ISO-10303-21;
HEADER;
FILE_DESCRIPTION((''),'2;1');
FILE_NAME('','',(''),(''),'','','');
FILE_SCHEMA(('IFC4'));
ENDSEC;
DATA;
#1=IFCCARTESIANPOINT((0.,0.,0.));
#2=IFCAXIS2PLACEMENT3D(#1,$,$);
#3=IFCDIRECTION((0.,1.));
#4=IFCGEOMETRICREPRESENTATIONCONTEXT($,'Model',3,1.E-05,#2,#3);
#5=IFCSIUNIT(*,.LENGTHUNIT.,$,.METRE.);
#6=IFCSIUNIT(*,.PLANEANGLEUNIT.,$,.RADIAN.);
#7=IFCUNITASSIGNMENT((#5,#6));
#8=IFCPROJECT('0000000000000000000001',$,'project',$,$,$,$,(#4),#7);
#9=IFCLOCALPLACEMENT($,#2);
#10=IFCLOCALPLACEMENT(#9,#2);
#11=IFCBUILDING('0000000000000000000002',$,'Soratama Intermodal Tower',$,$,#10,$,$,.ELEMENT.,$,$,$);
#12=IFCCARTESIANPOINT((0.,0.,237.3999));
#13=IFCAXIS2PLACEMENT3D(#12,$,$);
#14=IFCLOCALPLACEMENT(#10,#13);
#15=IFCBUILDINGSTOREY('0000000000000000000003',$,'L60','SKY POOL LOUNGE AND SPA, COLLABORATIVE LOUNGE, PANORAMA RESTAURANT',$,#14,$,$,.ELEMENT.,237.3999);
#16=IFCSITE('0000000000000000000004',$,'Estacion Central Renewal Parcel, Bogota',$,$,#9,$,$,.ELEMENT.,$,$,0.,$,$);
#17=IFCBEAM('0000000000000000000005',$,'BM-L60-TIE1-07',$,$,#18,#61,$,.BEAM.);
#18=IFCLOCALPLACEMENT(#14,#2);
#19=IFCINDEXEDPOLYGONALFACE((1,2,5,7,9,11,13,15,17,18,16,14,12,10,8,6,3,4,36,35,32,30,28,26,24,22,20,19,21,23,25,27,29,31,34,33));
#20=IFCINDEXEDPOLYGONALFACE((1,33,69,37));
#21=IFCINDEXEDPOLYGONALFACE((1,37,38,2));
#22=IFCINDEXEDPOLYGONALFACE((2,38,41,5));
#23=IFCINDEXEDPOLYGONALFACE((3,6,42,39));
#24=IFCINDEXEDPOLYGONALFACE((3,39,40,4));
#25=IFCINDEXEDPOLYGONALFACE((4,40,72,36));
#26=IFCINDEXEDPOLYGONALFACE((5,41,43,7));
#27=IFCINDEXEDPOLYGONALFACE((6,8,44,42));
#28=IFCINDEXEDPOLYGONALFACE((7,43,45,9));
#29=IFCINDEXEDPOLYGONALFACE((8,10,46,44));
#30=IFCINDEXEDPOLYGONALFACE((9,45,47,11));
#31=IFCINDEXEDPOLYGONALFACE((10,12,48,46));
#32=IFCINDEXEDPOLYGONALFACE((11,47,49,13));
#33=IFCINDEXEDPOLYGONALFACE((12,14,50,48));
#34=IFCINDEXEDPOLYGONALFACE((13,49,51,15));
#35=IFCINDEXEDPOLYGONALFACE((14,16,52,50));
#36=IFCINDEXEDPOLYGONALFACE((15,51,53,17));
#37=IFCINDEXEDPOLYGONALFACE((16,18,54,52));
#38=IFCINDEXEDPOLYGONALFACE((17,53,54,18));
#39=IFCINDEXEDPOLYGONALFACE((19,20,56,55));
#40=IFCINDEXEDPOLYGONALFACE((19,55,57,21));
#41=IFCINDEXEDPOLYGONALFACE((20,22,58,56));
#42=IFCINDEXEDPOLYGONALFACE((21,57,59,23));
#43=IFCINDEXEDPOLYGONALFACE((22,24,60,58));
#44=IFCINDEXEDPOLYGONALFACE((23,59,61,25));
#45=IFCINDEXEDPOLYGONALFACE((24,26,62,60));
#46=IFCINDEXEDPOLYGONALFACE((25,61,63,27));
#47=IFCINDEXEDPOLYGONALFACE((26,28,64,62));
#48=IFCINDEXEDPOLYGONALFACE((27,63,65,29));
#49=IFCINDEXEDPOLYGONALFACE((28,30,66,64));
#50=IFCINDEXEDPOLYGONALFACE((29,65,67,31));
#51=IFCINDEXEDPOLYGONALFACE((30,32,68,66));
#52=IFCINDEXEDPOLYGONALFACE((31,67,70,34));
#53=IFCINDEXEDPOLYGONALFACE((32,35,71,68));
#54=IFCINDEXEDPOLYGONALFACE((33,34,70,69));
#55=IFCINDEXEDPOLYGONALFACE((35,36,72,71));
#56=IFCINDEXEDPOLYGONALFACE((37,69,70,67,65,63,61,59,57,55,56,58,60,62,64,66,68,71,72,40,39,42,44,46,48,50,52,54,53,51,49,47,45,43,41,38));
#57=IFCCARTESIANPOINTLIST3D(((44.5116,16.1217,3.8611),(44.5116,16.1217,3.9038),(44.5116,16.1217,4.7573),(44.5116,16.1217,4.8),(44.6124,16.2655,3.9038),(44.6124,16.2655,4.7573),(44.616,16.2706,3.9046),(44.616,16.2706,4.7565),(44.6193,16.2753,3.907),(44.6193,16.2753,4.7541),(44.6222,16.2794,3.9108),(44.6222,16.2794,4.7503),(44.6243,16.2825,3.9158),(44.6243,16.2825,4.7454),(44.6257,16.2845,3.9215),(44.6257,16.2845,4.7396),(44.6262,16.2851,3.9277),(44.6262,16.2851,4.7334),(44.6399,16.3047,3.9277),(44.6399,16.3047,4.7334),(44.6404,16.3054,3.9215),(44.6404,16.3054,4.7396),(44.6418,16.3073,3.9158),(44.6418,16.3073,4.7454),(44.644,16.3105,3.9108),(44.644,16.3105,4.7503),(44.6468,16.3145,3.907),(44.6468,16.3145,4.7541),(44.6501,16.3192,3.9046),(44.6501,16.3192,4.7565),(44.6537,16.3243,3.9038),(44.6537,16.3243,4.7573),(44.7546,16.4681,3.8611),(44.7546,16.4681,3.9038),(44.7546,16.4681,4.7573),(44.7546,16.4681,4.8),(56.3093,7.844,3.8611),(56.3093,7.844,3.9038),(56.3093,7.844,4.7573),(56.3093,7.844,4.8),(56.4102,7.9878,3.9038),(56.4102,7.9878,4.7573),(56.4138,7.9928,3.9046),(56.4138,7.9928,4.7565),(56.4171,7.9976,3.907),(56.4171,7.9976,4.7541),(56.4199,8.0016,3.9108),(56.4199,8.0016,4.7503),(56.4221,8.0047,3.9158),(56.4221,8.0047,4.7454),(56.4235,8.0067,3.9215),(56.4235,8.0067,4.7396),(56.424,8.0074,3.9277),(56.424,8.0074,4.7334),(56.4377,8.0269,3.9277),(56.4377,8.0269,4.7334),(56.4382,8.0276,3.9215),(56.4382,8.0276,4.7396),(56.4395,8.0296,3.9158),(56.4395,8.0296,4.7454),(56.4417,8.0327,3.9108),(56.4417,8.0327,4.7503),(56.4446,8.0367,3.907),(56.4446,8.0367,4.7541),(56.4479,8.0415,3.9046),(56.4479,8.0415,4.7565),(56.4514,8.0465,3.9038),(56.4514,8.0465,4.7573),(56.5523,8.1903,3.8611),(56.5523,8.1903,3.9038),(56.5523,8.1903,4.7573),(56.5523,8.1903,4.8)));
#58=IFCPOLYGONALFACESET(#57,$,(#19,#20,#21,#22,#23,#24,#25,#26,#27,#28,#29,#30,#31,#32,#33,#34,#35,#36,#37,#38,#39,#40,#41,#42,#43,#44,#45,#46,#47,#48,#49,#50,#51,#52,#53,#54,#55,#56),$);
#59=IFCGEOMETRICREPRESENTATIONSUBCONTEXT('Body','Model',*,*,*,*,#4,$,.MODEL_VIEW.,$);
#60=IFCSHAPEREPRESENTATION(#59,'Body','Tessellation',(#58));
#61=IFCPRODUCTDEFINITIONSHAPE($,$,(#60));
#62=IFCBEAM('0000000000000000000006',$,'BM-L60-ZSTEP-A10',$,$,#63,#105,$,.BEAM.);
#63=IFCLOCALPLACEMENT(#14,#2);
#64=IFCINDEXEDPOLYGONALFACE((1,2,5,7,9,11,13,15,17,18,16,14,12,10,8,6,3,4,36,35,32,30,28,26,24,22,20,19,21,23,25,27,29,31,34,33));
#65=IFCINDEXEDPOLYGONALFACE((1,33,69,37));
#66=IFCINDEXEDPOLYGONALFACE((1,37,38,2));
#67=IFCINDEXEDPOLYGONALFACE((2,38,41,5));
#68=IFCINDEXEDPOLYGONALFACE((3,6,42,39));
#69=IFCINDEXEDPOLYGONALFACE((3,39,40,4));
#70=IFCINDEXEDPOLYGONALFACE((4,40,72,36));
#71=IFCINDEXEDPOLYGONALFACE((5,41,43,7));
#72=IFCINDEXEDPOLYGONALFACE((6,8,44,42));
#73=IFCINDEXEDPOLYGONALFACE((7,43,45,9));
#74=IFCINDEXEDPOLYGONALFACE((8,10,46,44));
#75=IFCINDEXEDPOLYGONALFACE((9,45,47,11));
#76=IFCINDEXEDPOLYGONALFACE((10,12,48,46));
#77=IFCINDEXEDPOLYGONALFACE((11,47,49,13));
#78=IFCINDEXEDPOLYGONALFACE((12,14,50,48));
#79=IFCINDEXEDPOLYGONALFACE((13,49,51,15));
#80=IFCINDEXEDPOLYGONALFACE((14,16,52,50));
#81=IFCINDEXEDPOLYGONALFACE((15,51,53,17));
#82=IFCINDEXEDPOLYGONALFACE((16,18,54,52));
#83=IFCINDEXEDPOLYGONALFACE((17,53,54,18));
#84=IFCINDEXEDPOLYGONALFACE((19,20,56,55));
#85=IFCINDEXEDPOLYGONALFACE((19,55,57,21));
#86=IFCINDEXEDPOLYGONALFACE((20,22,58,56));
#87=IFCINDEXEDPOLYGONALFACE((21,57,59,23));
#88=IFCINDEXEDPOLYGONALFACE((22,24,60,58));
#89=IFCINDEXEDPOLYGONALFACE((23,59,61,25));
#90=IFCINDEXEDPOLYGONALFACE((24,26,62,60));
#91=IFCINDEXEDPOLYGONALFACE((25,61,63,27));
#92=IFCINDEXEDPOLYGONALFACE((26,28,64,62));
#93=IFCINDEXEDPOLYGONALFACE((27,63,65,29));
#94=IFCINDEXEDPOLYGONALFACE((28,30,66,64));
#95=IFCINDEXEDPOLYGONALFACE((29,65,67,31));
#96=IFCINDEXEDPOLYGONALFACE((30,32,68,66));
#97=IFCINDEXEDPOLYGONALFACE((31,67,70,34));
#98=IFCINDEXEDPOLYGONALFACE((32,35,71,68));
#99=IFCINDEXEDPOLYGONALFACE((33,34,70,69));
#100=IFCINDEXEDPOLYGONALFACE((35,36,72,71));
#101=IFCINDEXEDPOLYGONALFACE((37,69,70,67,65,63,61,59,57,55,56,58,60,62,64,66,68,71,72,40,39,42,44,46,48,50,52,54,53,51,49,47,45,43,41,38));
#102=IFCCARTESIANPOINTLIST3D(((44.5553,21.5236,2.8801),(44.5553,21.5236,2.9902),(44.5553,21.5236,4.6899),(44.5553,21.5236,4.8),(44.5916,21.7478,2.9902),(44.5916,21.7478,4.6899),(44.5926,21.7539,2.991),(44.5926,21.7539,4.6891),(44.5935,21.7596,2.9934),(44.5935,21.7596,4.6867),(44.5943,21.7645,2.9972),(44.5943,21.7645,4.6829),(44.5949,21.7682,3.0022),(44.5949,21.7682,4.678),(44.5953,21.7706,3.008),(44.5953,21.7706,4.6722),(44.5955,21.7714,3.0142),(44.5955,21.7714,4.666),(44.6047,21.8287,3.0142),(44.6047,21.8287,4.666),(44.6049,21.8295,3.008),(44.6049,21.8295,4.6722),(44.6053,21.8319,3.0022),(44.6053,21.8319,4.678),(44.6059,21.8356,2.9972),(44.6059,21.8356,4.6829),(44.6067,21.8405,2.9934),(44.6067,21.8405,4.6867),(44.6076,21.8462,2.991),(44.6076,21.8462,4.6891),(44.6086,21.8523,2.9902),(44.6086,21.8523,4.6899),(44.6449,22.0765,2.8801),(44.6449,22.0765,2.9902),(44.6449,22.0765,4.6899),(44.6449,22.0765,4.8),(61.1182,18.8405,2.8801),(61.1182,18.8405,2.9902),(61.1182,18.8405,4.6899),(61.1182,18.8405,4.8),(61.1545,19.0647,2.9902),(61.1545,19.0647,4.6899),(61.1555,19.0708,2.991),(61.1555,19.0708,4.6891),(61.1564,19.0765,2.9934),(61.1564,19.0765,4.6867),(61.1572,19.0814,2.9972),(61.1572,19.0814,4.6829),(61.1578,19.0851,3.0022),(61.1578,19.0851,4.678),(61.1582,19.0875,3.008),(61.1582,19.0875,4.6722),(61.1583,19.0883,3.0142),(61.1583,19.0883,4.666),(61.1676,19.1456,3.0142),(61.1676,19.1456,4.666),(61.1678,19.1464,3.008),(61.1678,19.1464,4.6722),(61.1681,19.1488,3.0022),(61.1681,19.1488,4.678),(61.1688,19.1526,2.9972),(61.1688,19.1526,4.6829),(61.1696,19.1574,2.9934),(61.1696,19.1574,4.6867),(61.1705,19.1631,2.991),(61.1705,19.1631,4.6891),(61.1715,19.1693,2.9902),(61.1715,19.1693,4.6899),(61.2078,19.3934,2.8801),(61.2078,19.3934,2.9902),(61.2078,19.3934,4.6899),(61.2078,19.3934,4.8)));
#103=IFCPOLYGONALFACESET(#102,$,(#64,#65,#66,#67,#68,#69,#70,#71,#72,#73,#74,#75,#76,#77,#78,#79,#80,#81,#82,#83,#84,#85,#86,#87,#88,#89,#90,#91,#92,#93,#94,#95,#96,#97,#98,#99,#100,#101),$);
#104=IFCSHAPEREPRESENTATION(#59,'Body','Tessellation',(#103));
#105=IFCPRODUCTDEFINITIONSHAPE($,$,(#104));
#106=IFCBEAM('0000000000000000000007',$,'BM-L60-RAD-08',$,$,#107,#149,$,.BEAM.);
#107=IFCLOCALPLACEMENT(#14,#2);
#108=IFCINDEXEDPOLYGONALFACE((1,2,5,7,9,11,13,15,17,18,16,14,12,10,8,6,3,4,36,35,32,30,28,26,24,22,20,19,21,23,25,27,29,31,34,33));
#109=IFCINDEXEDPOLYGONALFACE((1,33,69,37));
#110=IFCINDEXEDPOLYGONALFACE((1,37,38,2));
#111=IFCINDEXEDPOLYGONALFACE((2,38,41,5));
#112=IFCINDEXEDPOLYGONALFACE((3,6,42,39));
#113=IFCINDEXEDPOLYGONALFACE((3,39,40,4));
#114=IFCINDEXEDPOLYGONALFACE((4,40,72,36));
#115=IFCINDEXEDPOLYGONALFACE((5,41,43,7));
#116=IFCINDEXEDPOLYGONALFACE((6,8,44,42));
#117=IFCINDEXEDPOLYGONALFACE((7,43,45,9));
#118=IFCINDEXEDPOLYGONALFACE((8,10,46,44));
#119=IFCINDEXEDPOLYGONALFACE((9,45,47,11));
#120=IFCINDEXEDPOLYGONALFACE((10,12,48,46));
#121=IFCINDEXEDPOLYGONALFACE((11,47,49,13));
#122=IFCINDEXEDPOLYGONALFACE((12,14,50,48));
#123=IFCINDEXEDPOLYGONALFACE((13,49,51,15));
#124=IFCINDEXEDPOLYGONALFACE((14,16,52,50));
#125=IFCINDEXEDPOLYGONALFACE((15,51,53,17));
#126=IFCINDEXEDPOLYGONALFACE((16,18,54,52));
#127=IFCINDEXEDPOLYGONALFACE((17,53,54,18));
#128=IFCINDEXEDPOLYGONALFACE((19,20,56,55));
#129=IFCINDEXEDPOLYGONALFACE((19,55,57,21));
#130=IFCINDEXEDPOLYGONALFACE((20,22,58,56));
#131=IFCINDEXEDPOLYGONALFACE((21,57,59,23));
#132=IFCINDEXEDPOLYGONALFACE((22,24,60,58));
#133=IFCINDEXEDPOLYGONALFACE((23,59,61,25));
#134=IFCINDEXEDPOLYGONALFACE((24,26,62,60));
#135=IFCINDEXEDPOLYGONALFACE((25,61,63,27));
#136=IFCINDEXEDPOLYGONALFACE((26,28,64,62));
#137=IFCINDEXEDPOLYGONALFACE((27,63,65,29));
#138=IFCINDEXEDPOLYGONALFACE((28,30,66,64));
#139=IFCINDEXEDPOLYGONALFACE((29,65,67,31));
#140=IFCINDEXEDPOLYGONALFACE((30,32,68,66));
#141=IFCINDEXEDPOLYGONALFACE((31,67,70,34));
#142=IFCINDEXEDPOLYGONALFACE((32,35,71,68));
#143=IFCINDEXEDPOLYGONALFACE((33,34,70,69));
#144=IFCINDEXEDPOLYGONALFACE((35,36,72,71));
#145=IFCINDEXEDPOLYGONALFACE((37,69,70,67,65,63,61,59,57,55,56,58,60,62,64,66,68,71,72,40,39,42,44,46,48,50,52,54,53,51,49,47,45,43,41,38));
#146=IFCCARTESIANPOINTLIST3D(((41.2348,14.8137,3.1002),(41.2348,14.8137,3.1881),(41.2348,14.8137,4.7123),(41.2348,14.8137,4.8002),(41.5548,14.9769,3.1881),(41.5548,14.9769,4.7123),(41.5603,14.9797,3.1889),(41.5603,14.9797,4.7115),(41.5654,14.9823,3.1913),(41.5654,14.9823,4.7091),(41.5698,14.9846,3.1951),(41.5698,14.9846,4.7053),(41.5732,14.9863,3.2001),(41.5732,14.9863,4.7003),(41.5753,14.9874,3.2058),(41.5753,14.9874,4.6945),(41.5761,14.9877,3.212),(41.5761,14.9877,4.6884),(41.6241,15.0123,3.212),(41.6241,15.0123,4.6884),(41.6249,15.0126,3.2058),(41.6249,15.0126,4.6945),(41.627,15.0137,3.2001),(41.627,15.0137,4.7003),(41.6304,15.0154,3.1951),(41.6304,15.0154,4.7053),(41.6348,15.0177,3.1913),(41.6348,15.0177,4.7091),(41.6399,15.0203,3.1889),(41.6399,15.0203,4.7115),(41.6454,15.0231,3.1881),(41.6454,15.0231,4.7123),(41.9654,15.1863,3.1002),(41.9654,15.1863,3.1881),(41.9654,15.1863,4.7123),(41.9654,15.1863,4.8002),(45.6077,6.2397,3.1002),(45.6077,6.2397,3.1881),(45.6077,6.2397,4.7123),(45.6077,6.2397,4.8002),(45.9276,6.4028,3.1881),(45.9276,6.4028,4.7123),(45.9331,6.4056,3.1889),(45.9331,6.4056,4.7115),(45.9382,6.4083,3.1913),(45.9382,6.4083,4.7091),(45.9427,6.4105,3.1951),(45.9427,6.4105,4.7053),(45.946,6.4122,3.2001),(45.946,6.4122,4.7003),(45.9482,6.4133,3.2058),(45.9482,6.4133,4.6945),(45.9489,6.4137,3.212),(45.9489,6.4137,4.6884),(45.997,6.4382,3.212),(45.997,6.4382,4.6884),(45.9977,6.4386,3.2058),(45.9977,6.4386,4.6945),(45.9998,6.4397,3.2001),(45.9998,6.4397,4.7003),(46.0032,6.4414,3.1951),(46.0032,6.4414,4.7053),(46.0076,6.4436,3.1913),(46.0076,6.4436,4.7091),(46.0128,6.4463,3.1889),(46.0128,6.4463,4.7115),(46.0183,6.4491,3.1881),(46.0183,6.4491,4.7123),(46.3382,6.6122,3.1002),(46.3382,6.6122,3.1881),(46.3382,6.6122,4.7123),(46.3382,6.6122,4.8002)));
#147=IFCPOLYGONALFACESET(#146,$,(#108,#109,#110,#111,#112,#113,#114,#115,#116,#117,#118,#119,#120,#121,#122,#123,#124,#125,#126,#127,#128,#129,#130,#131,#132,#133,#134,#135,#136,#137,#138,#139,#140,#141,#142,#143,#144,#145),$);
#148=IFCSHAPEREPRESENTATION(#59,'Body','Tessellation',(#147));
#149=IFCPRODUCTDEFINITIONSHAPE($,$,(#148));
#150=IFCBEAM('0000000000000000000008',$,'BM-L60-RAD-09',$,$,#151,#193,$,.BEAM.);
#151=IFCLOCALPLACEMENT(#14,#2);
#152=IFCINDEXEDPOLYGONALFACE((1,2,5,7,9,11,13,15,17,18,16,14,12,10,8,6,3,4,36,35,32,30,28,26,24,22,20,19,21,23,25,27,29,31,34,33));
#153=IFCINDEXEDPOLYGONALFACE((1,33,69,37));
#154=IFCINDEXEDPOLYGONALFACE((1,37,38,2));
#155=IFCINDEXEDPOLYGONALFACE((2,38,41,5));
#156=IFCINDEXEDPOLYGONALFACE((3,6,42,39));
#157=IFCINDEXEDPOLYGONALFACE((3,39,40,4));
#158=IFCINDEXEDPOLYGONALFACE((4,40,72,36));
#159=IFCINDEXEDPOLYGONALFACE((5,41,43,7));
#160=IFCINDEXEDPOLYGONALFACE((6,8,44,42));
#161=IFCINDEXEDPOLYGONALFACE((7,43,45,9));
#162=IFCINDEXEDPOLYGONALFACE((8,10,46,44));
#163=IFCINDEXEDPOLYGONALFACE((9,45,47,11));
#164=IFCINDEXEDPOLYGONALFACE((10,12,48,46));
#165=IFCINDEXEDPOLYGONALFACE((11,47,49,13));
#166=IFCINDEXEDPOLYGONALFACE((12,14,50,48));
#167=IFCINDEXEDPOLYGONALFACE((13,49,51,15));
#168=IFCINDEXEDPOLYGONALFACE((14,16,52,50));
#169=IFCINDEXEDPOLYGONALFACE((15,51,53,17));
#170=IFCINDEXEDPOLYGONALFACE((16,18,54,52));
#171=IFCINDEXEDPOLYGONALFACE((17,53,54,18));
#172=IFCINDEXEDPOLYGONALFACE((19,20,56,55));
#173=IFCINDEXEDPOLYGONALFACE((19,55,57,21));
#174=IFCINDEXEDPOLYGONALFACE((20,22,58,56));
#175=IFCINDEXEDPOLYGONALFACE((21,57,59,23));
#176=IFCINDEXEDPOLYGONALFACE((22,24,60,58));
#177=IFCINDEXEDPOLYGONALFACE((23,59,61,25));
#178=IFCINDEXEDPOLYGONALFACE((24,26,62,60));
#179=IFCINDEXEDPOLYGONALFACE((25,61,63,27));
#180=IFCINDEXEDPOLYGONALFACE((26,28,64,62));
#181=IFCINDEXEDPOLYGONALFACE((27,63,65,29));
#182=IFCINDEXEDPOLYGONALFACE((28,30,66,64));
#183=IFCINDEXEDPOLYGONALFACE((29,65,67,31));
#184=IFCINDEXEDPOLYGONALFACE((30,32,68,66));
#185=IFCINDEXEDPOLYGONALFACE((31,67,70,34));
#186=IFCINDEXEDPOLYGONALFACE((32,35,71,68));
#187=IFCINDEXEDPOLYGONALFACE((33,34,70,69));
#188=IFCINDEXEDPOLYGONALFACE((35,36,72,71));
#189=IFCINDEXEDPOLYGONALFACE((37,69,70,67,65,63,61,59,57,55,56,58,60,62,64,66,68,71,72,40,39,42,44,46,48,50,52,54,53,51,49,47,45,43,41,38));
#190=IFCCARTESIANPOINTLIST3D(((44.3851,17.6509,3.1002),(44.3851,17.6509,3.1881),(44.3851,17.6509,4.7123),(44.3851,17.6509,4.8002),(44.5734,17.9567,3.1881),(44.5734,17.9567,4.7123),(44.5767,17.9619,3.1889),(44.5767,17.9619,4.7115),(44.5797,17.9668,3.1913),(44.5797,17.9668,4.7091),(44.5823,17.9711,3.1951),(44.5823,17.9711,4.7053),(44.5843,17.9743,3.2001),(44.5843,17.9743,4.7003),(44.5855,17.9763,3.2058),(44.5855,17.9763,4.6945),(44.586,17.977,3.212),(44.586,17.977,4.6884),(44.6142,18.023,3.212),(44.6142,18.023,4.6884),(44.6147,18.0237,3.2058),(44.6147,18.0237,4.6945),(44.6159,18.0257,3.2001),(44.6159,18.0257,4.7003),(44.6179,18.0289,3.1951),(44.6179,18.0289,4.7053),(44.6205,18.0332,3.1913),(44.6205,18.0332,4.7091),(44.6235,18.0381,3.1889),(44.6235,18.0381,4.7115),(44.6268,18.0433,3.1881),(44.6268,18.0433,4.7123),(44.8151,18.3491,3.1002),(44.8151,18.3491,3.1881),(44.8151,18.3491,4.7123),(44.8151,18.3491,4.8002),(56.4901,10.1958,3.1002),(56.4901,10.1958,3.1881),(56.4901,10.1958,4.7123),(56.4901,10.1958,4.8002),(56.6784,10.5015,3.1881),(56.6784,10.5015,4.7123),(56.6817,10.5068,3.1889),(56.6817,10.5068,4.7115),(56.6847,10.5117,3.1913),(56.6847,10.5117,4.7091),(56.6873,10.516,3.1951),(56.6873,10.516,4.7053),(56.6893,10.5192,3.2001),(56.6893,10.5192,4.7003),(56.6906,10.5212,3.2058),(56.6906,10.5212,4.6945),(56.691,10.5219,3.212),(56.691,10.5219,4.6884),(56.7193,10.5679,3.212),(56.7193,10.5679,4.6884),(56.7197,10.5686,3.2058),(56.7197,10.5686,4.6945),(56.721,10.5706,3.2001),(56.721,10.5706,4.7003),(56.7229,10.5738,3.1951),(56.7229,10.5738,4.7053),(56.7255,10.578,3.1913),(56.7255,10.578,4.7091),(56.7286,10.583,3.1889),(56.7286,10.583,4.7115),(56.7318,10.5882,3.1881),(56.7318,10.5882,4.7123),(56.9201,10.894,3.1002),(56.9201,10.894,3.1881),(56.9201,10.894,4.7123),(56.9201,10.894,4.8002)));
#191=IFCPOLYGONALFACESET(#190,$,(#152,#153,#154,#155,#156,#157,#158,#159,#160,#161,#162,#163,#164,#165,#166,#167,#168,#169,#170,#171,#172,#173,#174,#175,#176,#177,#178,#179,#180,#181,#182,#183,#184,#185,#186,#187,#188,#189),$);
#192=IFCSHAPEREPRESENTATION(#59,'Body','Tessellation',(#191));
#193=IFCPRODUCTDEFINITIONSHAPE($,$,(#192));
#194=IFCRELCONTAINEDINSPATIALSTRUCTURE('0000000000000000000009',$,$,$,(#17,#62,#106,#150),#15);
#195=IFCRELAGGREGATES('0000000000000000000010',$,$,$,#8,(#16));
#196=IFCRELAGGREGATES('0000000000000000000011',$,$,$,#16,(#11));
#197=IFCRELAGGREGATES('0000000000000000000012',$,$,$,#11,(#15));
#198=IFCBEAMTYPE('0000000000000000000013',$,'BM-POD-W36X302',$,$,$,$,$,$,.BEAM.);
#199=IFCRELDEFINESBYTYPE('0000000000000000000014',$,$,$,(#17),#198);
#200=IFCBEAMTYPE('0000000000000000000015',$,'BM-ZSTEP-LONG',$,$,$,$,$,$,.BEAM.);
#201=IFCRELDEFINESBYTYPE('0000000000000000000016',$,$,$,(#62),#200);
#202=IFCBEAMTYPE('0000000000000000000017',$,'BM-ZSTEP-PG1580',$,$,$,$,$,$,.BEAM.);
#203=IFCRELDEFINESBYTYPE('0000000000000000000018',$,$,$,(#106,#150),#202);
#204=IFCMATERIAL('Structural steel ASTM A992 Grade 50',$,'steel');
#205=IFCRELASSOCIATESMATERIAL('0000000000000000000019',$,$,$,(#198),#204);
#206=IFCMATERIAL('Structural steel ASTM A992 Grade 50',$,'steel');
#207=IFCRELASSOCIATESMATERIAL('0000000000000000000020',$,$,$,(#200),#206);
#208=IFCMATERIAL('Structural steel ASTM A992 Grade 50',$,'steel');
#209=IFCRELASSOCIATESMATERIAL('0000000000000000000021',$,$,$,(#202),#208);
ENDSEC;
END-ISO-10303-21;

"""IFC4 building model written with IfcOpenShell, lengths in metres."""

from ifc_helpers import new_model, si_unit, direction, frame, origin, origin_2d, place, context, subcontext, project, spatial, i_section, extrude, material, material_profile, profile_set, type_object, element, save


model = new_model("IFC4")

# Units and contexts
model_context = context("Model", 3, precision=1e-05, world=origin(), true_north=direction((0.0, 1.0)))
body_context = subcontext(model_context, "Body", "Model", "MODEL_VIEW")
ifc_project = project(units=[si_unit("LENGTHUNIT", "METRE"), si_unit("PLANEANGLEUNIT", "RADIAN")], contexts=[model_context])

# Site, building, storey
site_placement = place(None, origin())
site = spatial("IfcSite", under=ifc_project, at=site_placement, Name="Estacion Central Renewal Parcel, Bogota", CompositionType="ELEMENT", RefElevation=0.0)
building_placement = place(site_placement, origin())
building = spatial("IfcBuilding", under=site, at=building_placement, Name="Soratama Intermodal Tower", CompositionType="ELEMENT")
storey_placement = place(building_placement, frame((0.0, 0.0, 237.3999)))
storey = spatial("IfcBuildingStorey", under=building, at=storey_placement, Name="L60", Description="SKY POOL LOUNGE AND SPA, COLLABORATIVE LOUNGE, PANORAMA RESTAURANT", CompositionType="ELEMENT", Elevation=237.3999)

# Beams
ifc_material_1 = material(Name="Structural steel ASTM A992 Grade 50", Category="steel")
ifc_material_profile_1 = material_profile(ifc_material_1, i_section(OverallWidth=0.4231, OverallDepth=0.939, WebThickness=0.0239, FlangeThickness=0.0427, FilletRadius=0.0239, at=origin_2d()), Name="W36X302")
ifc_profile_set_1 = profile_set([ifc_material_profile_1], Name="Structural steel ASTM A992 Grade 50")
beam_type_1 = type_object("IfcBeamType", Name="BM-POD-W36X302", PredefinedType="BEAM", material=ifc_profile_set_1)
beam_1_placement = place(storey_placement, frame((44.6331, 16.2949, 4.3306), z_axis=(0.818601, -0.574362, 0.0), x_axis=(0.574362, 0.818601, 0.0)))
element("IfcBeam", 1, at=beam_1_placement, inside=storey, type_object=beam_type_1, Name="BM-L60-TIE1-07", PredefinedType="BEAM", context=body_context, shape_type="SweptSolid", body=[
    extrude(i_section(OverallWidth=0.4231, OverallDepth=0.939, WebThickness=0.0239, FlangeThickness=0.0427, FilletRadius=0.0239, at=origin_2d()), origin(), (0.0, 0.0, 1.0), 14.4121),
])
ifc_material_2 = material(Name="Structural steel ASTM A992 Grade 50", Category="steel")
ifc_material_profile_2 = material_profile(ifc_material_2, i_section(OverallWidth=0.5601, OverallDepth=1.9199, WebThickness=0.0581, FlangeThickness=0.1101, FilletRadius=0.0239, at=origin_2d()), Name="PG2150X720")
ifc_profile_set_2 = profile_set([ifc_material_profile_2], Name="Structural steel ASTM A992 Grade 50")
beam_type_2 = type_object("IfcBeamType", Name="BM-ZSTEP-LONG", PredefinedType="BEAM", material=ifc_profile_set_2)
beam_2_placement = place(storey_placement, frame((44.6001, 21.8, 3.8401), z_axis=(0.987132, -0.159909, 0.0), x_axis=(0.159909, 0.987132, 0.0)))
element("IfcBeam", 2, at=beam_2_placement, inside=storey, type_object=beam_type_2, Name="BM-L60-ZSTEP-A10", PredefinedType="BEAM", context=body_context, shape_type="SweptSolid", body=[
    extrude(i_section(OverallWidth=0.5601, OverallDepth=1.9199, WebThickness=0.0581, FlangeThickness=0.1101, FilletRadius=0.0239, at=origin_2d()), origin(), (0.0, 0.0, 1.0), 16.7788),
])
ifc_material_3 = material(Name="Structural steel ASTM A992 Grade 50", Category="steel")
ifc_material_profile_3 = material_profile(ifc_material_3, i_section(OverallWidth=0.8201, OverallDepth=1.7, WebThickness=0.054, FlangeThickness=0.0879, FilletRadius=0.0239, at=origin_2d()), Name="PG1580X800")
ifc_profile_set_3 = profile_set([ifc_material_profile_3], Name="Structural steel ASTM A992 Grade 50")
beam_type_3 = type_object("IfcBeamType", Name="BM-ZSTEP-PG1580", PredefinedType="BEAM", material=ifc_profile_set_3)
beam_3_placement = place(storey_placement, frame((41.6001, 15.0, 3.9502), z_axis=(0.454332, -0.890832, 0.0), x_axis=(0.890832, 0.454332, 0.0)))
element("IfcBeam", 3, at=beam_3_placement, inside=storey, type_object=beam_type_3, Name="BM-L60-RAD-08", PredefinedType="BEAM", context=body_context, shape_type="SweptSolid", body=[
    extrude(i_section(OverallWidth=0.8201, OverallDepth=1.7, WebThickness=0.054, FlangeThickness=0.0879, FilletRadius=0.0239, at=origin_2d()), origin(), (0.0, 0.0, 1.0), 9.6248),
])
beam_4_placement = place(storey_placement, frame((44.6001, 18.0, 3.9502), z_axis=(0.851474, -0.524396, 0.0), x_axis=(0.524396, 0.851474, 0.0)))
element("IfcBeam", 4, at=beam_4_placement, inside=storey, type_object=beam_type_3, Name="BM-L60-RAD-09", PredefinedType="BEAM", context=body_context, shape_type="SweptSolid", body=[
    extrude(i_section(OverallWidth=0.8201, OverallDepth=1.7, WebThickness=0.054, FlangeThickness=0.0879, FilletRadius=0.0239, at=origin_2d()), origin(), (0.0, 0.0, 1.0), 14.2166),
])

save(model, "model.ifc")
